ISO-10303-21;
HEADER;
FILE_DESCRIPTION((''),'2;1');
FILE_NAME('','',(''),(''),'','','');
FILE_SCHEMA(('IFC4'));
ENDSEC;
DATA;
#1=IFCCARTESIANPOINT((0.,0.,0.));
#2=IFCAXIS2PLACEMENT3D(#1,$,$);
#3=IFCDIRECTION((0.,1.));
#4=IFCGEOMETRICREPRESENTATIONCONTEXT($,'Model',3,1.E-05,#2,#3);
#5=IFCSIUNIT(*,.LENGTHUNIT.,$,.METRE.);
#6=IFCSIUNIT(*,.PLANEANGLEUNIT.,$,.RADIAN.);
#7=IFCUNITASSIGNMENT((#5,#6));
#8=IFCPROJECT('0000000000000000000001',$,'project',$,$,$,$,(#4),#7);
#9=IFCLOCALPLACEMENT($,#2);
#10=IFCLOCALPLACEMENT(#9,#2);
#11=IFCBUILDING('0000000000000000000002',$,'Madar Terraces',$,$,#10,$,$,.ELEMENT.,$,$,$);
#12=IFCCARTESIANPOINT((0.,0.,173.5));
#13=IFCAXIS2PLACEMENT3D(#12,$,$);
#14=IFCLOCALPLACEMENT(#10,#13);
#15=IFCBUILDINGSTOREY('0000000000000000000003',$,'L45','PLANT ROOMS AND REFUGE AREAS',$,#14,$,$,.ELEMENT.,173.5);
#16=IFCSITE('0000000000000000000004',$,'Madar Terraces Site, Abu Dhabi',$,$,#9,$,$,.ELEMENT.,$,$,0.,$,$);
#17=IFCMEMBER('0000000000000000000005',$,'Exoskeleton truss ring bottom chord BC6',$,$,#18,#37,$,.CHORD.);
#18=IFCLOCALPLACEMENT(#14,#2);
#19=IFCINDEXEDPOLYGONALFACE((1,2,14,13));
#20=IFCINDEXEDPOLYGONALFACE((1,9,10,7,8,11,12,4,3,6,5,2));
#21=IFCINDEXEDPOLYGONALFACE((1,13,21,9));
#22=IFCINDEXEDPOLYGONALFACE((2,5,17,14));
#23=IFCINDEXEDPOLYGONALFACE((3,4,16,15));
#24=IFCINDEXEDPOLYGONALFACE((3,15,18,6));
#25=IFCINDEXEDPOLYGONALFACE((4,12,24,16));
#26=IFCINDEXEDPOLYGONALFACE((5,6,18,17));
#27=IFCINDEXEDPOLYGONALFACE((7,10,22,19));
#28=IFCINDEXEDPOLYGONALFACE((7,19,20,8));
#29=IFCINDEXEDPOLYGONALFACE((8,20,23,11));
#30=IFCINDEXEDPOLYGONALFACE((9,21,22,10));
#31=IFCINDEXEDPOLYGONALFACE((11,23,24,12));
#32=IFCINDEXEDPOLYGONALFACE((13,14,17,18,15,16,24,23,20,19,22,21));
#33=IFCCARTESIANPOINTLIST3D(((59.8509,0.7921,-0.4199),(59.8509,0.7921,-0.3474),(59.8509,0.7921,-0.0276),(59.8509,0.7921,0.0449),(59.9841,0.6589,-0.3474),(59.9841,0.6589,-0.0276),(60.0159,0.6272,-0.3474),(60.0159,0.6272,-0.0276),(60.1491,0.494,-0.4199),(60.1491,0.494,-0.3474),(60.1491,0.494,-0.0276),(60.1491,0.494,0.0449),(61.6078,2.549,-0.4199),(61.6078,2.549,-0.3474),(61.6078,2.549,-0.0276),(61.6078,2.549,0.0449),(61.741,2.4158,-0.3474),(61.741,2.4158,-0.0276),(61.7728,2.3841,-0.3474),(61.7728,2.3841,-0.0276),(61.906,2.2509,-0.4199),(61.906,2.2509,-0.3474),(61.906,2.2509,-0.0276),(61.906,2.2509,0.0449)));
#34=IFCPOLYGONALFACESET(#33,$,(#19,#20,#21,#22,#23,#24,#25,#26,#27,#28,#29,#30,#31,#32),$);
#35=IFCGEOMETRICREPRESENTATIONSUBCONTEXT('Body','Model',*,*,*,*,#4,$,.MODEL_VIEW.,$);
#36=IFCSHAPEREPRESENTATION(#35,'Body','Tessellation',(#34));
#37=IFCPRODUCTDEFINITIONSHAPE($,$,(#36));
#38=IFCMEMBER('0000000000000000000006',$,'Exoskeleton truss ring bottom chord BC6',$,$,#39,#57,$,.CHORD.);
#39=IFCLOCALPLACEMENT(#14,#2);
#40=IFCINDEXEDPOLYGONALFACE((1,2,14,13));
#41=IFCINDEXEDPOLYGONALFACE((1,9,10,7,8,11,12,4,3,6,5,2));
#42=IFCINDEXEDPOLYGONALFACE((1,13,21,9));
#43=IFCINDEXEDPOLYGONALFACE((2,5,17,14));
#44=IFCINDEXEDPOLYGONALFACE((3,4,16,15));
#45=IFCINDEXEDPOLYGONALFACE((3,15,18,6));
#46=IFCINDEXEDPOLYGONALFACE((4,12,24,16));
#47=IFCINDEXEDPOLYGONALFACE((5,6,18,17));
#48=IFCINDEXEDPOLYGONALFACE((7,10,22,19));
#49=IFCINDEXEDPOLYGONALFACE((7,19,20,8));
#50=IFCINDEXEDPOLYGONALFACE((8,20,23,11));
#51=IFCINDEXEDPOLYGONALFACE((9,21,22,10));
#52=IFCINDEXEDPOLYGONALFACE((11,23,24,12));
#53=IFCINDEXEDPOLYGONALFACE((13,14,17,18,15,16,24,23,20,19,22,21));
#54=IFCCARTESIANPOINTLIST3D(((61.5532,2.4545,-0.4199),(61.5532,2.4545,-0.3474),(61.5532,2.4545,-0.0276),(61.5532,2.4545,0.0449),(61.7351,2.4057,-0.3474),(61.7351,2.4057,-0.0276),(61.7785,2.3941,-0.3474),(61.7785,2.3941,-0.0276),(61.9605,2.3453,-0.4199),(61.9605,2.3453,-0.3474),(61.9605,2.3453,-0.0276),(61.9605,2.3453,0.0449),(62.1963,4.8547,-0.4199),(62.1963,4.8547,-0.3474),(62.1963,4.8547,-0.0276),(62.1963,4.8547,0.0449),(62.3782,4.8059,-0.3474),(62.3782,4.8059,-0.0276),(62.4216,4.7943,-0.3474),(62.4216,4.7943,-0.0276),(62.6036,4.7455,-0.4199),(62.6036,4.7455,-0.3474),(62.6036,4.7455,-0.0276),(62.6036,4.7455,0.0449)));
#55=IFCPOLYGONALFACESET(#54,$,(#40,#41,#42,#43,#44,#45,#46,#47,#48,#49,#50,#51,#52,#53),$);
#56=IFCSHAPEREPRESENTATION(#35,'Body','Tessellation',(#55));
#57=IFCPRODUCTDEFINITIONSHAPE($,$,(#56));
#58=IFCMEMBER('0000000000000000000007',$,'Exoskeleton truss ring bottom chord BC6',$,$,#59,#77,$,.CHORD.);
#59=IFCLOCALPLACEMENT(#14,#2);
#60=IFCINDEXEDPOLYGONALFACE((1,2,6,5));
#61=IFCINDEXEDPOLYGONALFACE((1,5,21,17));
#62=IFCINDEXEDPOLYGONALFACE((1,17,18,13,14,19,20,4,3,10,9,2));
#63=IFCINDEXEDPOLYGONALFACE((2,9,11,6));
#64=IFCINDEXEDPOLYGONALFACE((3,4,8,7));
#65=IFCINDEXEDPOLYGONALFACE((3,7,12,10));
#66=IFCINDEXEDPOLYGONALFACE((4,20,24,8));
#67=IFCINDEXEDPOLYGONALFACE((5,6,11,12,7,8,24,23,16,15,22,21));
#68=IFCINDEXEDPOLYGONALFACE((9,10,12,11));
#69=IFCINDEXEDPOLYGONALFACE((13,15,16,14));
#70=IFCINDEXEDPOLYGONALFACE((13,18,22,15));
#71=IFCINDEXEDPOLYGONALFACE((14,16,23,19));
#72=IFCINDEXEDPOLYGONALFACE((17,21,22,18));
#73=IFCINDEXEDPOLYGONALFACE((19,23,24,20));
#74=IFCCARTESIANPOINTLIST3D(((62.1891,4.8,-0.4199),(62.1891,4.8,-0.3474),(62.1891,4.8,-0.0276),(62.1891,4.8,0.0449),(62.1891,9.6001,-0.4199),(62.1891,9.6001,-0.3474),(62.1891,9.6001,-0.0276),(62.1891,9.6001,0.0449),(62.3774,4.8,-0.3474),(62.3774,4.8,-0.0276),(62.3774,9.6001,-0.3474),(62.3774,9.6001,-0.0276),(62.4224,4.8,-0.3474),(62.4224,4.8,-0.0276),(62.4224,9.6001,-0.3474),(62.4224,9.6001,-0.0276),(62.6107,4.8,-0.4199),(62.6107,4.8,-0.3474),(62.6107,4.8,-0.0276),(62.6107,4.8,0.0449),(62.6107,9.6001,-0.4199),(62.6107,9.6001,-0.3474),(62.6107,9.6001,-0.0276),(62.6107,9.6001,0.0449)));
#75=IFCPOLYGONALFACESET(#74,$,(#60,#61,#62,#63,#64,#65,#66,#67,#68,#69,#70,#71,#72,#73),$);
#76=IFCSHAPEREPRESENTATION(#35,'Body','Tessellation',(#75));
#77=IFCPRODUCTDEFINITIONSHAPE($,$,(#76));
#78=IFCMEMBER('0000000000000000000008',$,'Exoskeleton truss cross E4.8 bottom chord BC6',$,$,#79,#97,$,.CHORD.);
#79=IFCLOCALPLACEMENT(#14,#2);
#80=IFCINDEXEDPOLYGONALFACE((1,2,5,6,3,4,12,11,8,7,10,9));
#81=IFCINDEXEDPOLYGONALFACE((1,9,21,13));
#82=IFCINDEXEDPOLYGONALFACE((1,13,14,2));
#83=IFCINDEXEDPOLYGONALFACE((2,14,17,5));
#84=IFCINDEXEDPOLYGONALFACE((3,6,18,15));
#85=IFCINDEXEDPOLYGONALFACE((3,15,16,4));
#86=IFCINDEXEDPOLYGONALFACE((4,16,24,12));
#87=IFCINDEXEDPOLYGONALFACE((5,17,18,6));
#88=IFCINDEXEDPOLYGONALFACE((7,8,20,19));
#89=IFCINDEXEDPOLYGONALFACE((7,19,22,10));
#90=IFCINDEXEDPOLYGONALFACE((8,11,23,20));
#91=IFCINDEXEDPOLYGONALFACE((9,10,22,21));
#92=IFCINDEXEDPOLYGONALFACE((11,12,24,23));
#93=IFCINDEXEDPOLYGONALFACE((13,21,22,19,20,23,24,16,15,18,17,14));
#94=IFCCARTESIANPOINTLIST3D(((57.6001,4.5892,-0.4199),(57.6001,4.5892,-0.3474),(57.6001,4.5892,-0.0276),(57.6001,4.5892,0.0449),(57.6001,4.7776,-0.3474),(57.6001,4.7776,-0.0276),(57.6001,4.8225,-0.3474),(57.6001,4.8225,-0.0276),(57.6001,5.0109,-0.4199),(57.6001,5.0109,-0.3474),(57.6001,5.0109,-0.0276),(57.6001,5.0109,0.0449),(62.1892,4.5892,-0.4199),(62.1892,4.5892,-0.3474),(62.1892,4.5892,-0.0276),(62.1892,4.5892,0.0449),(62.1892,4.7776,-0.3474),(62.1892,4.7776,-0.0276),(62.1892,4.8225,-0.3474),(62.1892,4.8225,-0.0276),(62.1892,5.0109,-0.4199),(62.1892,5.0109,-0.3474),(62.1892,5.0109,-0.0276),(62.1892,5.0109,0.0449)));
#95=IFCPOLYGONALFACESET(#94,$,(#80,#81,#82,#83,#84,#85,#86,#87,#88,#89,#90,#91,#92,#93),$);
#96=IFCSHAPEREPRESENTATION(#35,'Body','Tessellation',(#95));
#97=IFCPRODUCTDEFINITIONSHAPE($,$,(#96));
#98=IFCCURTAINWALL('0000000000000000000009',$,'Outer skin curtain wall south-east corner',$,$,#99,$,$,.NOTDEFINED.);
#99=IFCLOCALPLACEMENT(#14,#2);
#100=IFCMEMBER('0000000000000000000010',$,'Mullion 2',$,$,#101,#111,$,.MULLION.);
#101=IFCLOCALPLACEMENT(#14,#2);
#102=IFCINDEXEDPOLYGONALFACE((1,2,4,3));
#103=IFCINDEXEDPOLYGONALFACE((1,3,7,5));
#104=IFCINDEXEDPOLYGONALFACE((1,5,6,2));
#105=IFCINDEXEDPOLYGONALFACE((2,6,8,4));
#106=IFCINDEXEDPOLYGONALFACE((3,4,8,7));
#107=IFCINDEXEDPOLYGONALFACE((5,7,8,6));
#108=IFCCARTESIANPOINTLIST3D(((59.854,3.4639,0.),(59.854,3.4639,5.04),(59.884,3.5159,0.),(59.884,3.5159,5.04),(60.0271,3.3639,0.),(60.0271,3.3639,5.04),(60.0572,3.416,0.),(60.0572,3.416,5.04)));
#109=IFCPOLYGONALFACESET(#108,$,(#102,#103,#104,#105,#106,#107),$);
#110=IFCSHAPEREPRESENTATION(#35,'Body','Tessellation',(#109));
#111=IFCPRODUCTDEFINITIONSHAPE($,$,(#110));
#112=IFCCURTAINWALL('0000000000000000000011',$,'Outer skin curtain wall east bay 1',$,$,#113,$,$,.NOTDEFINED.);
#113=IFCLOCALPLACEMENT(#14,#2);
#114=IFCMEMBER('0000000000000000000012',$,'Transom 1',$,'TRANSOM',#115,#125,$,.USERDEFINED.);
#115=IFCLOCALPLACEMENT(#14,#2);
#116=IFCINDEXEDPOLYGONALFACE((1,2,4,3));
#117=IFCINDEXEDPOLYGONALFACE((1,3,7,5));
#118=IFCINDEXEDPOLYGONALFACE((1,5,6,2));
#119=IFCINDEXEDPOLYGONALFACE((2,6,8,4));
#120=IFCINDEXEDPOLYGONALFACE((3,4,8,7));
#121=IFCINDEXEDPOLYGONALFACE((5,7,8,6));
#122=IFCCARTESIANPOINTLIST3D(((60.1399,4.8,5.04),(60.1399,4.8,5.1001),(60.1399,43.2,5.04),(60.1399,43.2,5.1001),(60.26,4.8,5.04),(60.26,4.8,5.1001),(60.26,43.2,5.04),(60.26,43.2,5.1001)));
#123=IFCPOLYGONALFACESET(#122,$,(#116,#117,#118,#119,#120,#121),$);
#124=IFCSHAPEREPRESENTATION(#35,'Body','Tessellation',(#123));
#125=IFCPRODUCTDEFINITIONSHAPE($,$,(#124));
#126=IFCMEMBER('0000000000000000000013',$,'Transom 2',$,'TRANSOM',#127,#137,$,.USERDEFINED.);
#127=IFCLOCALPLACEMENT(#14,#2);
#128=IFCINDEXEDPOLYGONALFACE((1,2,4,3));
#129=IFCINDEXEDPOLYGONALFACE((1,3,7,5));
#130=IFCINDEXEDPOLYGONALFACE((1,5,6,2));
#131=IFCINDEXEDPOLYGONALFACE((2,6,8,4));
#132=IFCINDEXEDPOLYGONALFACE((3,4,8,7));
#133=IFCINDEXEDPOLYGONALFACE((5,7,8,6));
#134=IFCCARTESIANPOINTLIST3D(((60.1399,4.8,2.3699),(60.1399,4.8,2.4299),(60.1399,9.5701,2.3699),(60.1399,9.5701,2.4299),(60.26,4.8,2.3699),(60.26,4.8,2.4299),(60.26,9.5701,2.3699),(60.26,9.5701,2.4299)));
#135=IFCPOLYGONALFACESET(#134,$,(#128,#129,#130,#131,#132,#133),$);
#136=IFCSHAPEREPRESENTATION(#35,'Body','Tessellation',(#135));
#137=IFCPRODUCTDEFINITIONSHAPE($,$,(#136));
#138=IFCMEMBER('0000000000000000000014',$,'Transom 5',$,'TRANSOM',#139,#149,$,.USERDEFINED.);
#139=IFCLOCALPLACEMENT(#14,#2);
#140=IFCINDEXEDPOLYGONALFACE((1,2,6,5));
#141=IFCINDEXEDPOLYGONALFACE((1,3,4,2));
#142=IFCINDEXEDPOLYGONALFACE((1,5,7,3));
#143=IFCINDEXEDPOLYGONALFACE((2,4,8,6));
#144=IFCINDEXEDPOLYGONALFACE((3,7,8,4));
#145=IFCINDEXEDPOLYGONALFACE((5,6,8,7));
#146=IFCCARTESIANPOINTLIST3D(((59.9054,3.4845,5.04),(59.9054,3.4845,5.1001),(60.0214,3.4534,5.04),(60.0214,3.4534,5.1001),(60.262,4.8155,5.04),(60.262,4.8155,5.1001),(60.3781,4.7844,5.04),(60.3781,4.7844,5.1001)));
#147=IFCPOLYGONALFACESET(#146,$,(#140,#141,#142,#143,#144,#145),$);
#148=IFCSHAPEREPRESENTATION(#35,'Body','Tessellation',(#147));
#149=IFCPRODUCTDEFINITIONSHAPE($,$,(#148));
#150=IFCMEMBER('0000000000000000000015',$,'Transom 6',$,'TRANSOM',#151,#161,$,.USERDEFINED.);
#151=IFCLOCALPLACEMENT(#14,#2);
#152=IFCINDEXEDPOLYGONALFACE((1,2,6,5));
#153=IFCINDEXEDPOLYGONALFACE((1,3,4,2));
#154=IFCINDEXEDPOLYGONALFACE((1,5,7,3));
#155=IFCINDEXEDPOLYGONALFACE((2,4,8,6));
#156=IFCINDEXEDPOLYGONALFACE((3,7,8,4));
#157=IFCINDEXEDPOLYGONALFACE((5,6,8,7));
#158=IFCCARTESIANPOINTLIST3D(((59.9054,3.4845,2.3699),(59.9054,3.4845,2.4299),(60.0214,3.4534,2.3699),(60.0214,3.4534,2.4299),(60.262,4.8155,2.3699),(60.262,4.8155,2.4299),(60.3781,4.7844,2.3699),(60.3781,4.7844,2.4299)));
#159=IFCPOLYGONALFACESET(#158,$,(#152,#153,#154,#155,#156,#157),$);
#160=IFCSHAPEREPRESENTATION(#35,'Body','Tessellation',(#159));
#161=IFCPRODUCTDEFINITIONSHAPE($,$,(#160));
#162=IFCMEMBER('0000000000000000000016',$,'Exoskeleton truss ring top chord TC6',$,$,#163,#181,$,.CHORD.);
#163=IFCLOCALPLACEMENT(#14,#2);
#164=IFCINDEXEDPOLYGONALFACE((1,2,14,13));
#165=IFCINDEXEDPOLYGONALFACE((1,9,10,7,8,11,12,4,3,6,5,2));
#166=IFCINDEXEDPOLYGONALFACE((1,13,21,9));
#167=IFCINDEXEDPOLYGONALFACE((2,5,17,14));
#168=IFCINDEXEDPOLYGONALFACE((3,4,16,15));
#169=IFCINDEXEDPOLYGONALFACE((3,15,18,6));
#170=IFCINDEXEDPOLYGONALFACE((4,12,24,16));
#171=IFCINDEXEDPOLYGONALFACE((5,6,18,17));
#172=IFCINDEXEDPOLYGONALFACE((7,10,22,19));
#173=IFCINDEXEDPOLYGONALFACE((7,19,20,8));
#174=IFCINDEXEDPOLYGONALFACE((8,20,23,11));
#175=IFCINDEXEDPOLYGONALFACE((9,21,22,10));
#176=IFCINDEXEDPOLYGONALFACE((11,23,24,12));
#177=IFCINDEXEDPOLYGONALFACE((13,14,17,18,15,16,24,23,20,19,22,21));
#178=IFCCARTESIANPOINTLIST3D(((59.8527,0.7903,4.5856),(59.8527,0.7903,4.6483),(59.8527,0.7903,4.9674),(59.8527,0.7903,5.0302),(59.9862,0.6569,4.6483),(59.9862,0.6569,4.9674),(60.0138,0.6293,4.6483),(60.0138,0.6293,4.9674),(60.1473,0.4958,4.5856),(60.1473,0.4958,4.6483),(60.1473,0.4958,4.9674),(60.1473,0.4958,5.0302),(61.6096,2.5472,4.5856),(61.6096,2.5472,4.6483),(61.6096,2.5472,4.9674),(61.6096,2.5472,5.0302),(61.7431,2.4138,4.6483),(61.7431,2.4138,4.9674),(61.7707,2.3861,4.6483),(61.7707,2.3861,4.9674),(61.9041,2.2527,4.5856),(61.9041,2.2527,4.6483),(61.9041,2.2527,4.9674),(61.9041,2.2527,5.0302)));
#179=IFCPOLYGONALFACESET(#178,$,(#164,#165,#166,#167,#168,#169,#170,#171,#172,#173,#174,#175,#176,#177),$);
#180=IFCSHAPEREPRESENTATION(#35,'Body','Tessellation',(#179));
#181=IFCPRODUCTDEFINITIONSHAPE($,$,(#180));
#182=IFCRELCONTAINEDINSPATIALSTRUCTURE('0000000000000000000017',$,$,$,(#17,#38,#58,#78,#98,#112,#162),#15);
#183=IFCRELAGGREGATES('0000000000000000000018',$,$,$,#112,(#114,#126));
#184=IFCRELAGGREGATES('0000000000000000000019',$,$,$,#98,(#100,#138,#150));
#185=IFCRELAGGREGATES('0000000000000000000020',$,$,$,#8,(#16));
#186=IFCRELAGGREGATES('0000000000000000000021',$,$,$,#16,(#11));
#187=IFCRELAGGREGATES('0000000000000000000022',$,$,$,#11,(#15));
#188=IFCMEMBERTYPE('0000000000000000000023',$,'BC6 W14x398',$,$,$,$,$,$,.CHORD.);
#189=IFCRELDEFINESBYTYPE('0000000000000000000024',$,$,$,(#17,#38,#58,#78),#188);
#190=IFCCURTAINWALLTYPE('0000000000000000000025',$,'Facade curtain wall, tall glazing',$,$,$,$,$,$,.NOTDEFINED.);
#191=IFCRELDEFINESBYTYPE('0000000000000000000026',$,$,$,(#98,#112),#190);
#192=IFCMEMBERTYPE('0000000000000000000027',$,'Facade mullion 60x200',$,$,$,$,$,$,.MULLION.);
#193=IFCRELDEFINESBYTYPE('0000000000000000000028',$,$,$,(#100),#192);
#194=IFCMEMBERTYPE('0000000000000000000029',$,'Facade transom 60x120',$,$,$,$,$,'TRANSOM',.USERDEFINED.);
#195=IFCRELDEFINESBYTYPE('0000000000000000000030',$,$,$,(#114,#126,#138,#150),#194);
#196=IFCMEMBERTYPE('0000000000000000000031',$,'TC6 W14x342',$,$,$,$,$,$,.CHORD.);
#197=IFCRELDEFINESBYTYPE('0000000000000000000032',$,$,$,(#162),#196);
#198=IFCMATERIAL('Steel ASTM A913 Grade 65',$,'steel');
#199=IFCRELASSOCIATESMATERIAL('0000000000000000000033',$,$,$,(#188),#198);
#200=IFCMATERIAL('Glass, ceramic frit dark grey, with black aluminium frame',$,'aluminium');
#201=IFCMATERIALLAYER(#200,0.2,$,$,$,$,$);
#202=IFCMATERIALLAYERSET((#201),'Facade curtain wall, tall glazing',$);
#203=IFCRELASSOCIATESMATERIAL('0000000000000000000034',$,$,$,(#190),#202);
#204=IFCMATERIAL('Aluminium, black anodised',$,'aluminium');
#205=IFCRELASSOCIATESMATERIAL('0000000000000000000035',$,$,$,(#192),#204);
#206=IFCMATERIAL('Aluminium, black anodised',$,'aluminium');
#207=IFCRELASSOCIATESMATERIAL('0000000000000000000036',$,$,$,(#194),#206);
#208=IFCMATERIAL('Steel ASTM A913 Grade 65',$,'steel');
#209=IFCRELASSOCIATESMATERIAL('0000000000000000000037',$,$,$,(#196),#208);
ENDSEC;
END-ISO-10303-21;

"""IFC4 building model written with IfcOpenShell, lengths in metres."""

from ifc_helpers import new_model, si_unit, direction, frame, origin, origin_2d, place, context, subcontext, project, spatial, rectangle, i_section, extrude, material, layer, layer_set, material_profile, profile_set, type_object, element, aggregate, save


model = new_model("IFC4")

# Units and contexts
model_context = context("Model", 3, precision=1e-05, world=origin(), true_north=direction((0.0, 1.0)))
body_context = subcontext(model_context, "Body", "Model", "MODEL_VIEW")
ifc_project = project(units=[si_unit("LENGTHUNIT", "METRE"), si_unit("PLANEANGLEUNIT", "RADIAN")], contexts=[model_context])

# Site, building, storey
site_placement = place(None, origin())
site = spatial("IfcSite", under=ifc_project, at=site_placement, Name="Madar Terraces Site, Abu Dhabi", CompositionType="ELEMENT", RefElevation=0.0)
building_placement = place(site_placement, origin())
building = spatial("IfcBuilding", under=site, at=building_placement, Name="Madar Terraces", CompositionType="ELEMENT")
storey_placement = place(building_placement, frame((0.0, 0.0, 173.5)))
storey = spatial("IfcBuildingStorey", under=building, at=storey_placement, Name="L45", Description="PLANT ROOMS AND REFUGE AREAS", CompositionType="ELEMENT", Elevation=173.5)

# Members
ifc_material_1 = material(Name="Steel ASTM A913 Grade 65", Category="steel")
ifc_material_profile_1 = material_profile(ifc_material_1, i_section(OverallWidth=0.4216, OverallDepth=0.4648, WebThickness=0.0449, FlangeThickness=0.0725, at=origin_2d()), Name="W14x398")
ifc_profile_set_1 = profile_set([ifc_material_profile_1], Name="Steel ASTM A913 Grade 65")
member_type_1 = type_object("IfcMemberType", Name="BC6 W14x398", PredefinedType="CHORD", material=ifc_profile_set_1)
member_1_placement = place(storey_placement, frame((60.0, 0.6431, -0.1875), z_axis=(0.707107, 0.707107, 0.0), x_axis=(-0.707107, 0.707107, 0.0)))
element("IfcMember", 1, at=member_1_placement, inside=storey, type_object=member_type_1, Name="Exoskeleton truss ring bottom chord BC6", PredefinedType="CHORD", context=body_context, shape_type="SweptSolid", body=[
    extrude(i_section(OverallWidth=0.4216, OverallDepth=0.4648, WebThickness=0.0449, FlangeThickness=0.0725, at=origin_2d()), origin(), (0.0, 0.0, 1.0), 2.4846),
])
member_2_placement = place(storey_placement, frame((61.7568, 2.3999, -0.1875), z_axis=(0.2588, 0.965931, 0.0), x_axis=(-0.965931, 0.2588, 0.0)))
element("IfcMember", 2, at=member_2_placement, inside=storey, type_object=member_type_1, Name="Exoskeleton truss ring bottom chord BC6", PredefinedType="CHORD", context=body_context, shape_type="SweptSolid", body=[
    extrude(i_section(OverallWidth=0.4216, OverallDepth=0.4648, WebThickness=0.0449, FlangeThickness=0.0725, at=origin_2d()), origin(), (0.0, 0.0, 1.0), 2.4849),
])
member_3_placement = place(storey_placement, frame((62.3999, 4.8, -0.1875), z_axis=(0.0, 1.0, 0.0), x_axis=(-1.0, 0.0, 0.0)))
element("IfcMember", 3, at=member_3_placement, inside=storey, type_object=member_type_1, Name="Exoskeleton truss ring bottom chord BC6", PredefinedType="CHORD", context=body_context, shape_type="SweptSolid", body=[
    extrude(i_section(OverallWidth=0.4216, OverallDepth=0.4648, WebThickness=0.0449, FlangeThickness=0.0725, at=origin_2d()), origin(), (0.0, 0.0, 1.0), 4.8),
])
member_4_placement = place(storey_placement, frame((62.1892, 4.8, -0.1875), z_axis=(-1.0, 0.0, 0.0), x_axis=(0.0, -1.0, 0.0)))
element("IfcMember", 4, at=member_4_placement, inside=storey, type_object=member_type_1, Name="Exoskeleton truss cross E4.8 bottom chord BC6", PredefinedType="CHORD", context=body_context, shape_type="SweptSolid", body=[
    extrude(i_section(OverallWidth=0.4216, OverallDepth=0.4648, WebThickness=0.0449, FlangeThickness=0.0725, at=origin_2d()), origin(), (0.0, 0.0, 1.0), 4.5891),
])

# Curtain wall, member
ifc_material_2 = material(Name="Glass, ceramic frit dark grey, with black aluminium frame", Category="aluminium")
ifc_layer_1 = layer(ifc_material_2, 0.2)
ifc_layer_set_1 = layer_set([ifc_layer_1], Name="Facade curtain wall, tall glazing")
curtain_wall_type = type_object("IfcCurtainWallType", Name="Facade curtain wall, tall glazing", PredefinedType="NOTDEFINED", material=ifc_layer_set_1)
curtain_wall_1_placement = place(storey_placement, origin())
curtain_wall_1 = element("IfcCurtainWall", 5, at=curtain_wall_1_placement, inside=storey, type_object=curtain_wall_type, Name="Outer skin curtain wall south-east corner", PredefinedType="NOTDEFINED")
ifc_material_3 = material(Name="Aluminium, black anodised", Category="aluminium")
ifc_material_profile_2 = material_profile(ifc_material_3, rectangle(XDim=0.2, YDim=0.0601, at=origin_2d()), Name="Facade mullion 60x200")
ifc_profile_set_2 = profile_set([ifc_material_profile_2], Name="Aluminium, black anodised")
member_type_2 = type_object("IfcMemberType", Name="Facade mullion 60x200", PredefinedType="MULLION", material=ifc_profile_set_2)
member_5_placement = place(storey_placement, frame((59.9556, 3.4399, 0.0), z_axis=(0.0, 0.0, 1.0), x_axis=(-0.866025, 0.5, 0.0)))
member_5 = element("IfcMember", 6, at=member_5_placement, type_object=member_type_2, Name="Mullion 2", PredefinedType="MULLION", context=body_context, shape_type="SweptSolid", body=[
    extrude(rectangle(XDim=0.2, YDim=0.0601, at=origin_2d()), origin(), (0.0, 0.0, 1.0), 5.04),
])

# Curtain wall, members
curtain_wall_2_placement = place(storey_placement, origin())
curtain_wall_2 = element("IfcCurtainWall", 7, at=curtain_wall_2_placement, inside=storey, type_object=curtain_wall_type, Name="Outer skin curtain wall east bay 1", PredefinedType="NOTDEFINED")
ifc_material_4 = material(Name="Aluminium, black anodised", Category="aluminium")
ifc_material_profile_3 = material_profile(ifc_material_4, rectangle(XDim=0.1201, YDim=0.0601, at=origin_2d()), Name="Facade transom 60x120")
ifc_profile_set_3 = profile_set([ifc_material_profile_3], Name="Aluminium, black anodised")
member_type_3 = type_object("IfcMemberType", Name="Facade transom 60x120", ElementType="TRANSOM", PredefinedType="USERDEFINED", material=ifc_profile_set_3)
member_6_placement = place(storey_placement, frame((60.2, 4.8, 5.0701), z_axis=(0.0, 1.0, 0.0), x_axis=(-1.0, 0.0, 0.0)))
member_6 = element("IfcMember", 8, at=member_6_placement, type_object=member_type_3, Name="Transom 1", ObjectType="TRANSOM", PredefinedType="USERDEFINED", context=body_context, shape_type="SweptSolid", body=[
    extrude(rectangle(XDim=0.1201, YDim=0.0601, at=origin_2d()), origin(), (0.0, 0.0, 1.0), 38.3999),
])
member_7_placement = place(storey_placement, frame((60.2, 4.8, 2.3999), z_axis=(0.0, 1.0, 0.0), x_axis=(-1.0, 0.0, 0.0)))
member_7 = element("IfcMember", 9, at=member_7_placement, type_object=member_type_3, Name="Transom 2", ObjectType="TRANSOM", PredefinedType="USERDEFINED", context=body_context, shape_type="SweptSolid", body=[
    extrude(rectangle(XDim=0.1201, YDim=0.0601, at=origin_2d()), origin(), (0.0, 0.0, 1.0), 4.77),
])
aggregate(curtain_wall_2, [member_6, member_7])

# Members
member_8_placement = place(storey_placement, frame((59.9634, 3.469, 5.0701), z_axis=(0.258842, 0.96592, 0.0), x_axis=(-0.96592, 0.258842, 0.0)))
member_8 = element("IfcMember", 10, at=member_8_placement, type_object=member_type_3, Name="Transom 5", ObjectType="TRANSOM", PredefinedType="USERDEFINED", context=body_context, shape_type="SweptSolid", body=[
    extrude(rectangle(XDim=0.1201, YDim=0.0601, at=origin_2d()), origin(), (0.0, 0.0, 1.0), 1.3779),
])
member_9_placement = place(storey_placement, frame((59.9634, 3.469, 2.3999), z_axis=(0.258842, 0.96592, 0.0), x_axis=(-0.96592, 0.258842, 0.0)))
member_9 = element("IfcMember", 11, at=member_9_placement, type_object=member_type_3, Name="Transom 6", ObjectType="TRANSOM", PredefinedType="USERDEFINED", context=body_context, shape_type="SweptSolid", body=[
    extrude(rectangle(XDim=0.1201, YDim=0.0601, at=origin_2d()), origin(), (0.0, 0.0, 1.0), 1.3779),
])

# Member
ifc_material_5 = material(Name="Steel ASTM A913 Grade 65", Category="steel")
ifc_material_profile_4 = material_profile(ifc_material_5, i_section(OverallWidth=0.4165, OverallDepth=0.4446, WebThickness=0.0391, FlangeThickness=0.0627, at=origin_2d()), Name="W14x342")
ifc_profile_set_4 = profile_set([ifc_material_profile_4], Name="Steel ASTM A913 Grade 65")
member_type_4 = type_object("IfcMemberType", Name="TC6 W14x342", PredefinedType="CHORD", material=ifc_profile_set_4)
member_10_placement = place(storey_placement, frame((60.0, 0.6431, 4.8079), z_axis=(0.707107, 0.707107, 0.0), x_axis=(-0.707107, 0.707107, 0.0)))
element("IfcMember", 12, at=member_10_placement, inside=storey, type_object=member_type_4, Name="Exoskeleton truss ring top chord TC6", PredefinedType="CHORD", context=body_context, shape_type="SweptSolid", body=[
    extrude(i_section(OverallWidth=0.4165, OverallDepth=0.4446, WebThickness=0.0391, FlangeThickness=0.0627, at=origin_2d()), origin(), (0.0, 0.0, 1.0), 2.4846),
])

aggregate(curtain_wall_1, [member_5, member_8, member_9])

save(model, "model.ifc")
